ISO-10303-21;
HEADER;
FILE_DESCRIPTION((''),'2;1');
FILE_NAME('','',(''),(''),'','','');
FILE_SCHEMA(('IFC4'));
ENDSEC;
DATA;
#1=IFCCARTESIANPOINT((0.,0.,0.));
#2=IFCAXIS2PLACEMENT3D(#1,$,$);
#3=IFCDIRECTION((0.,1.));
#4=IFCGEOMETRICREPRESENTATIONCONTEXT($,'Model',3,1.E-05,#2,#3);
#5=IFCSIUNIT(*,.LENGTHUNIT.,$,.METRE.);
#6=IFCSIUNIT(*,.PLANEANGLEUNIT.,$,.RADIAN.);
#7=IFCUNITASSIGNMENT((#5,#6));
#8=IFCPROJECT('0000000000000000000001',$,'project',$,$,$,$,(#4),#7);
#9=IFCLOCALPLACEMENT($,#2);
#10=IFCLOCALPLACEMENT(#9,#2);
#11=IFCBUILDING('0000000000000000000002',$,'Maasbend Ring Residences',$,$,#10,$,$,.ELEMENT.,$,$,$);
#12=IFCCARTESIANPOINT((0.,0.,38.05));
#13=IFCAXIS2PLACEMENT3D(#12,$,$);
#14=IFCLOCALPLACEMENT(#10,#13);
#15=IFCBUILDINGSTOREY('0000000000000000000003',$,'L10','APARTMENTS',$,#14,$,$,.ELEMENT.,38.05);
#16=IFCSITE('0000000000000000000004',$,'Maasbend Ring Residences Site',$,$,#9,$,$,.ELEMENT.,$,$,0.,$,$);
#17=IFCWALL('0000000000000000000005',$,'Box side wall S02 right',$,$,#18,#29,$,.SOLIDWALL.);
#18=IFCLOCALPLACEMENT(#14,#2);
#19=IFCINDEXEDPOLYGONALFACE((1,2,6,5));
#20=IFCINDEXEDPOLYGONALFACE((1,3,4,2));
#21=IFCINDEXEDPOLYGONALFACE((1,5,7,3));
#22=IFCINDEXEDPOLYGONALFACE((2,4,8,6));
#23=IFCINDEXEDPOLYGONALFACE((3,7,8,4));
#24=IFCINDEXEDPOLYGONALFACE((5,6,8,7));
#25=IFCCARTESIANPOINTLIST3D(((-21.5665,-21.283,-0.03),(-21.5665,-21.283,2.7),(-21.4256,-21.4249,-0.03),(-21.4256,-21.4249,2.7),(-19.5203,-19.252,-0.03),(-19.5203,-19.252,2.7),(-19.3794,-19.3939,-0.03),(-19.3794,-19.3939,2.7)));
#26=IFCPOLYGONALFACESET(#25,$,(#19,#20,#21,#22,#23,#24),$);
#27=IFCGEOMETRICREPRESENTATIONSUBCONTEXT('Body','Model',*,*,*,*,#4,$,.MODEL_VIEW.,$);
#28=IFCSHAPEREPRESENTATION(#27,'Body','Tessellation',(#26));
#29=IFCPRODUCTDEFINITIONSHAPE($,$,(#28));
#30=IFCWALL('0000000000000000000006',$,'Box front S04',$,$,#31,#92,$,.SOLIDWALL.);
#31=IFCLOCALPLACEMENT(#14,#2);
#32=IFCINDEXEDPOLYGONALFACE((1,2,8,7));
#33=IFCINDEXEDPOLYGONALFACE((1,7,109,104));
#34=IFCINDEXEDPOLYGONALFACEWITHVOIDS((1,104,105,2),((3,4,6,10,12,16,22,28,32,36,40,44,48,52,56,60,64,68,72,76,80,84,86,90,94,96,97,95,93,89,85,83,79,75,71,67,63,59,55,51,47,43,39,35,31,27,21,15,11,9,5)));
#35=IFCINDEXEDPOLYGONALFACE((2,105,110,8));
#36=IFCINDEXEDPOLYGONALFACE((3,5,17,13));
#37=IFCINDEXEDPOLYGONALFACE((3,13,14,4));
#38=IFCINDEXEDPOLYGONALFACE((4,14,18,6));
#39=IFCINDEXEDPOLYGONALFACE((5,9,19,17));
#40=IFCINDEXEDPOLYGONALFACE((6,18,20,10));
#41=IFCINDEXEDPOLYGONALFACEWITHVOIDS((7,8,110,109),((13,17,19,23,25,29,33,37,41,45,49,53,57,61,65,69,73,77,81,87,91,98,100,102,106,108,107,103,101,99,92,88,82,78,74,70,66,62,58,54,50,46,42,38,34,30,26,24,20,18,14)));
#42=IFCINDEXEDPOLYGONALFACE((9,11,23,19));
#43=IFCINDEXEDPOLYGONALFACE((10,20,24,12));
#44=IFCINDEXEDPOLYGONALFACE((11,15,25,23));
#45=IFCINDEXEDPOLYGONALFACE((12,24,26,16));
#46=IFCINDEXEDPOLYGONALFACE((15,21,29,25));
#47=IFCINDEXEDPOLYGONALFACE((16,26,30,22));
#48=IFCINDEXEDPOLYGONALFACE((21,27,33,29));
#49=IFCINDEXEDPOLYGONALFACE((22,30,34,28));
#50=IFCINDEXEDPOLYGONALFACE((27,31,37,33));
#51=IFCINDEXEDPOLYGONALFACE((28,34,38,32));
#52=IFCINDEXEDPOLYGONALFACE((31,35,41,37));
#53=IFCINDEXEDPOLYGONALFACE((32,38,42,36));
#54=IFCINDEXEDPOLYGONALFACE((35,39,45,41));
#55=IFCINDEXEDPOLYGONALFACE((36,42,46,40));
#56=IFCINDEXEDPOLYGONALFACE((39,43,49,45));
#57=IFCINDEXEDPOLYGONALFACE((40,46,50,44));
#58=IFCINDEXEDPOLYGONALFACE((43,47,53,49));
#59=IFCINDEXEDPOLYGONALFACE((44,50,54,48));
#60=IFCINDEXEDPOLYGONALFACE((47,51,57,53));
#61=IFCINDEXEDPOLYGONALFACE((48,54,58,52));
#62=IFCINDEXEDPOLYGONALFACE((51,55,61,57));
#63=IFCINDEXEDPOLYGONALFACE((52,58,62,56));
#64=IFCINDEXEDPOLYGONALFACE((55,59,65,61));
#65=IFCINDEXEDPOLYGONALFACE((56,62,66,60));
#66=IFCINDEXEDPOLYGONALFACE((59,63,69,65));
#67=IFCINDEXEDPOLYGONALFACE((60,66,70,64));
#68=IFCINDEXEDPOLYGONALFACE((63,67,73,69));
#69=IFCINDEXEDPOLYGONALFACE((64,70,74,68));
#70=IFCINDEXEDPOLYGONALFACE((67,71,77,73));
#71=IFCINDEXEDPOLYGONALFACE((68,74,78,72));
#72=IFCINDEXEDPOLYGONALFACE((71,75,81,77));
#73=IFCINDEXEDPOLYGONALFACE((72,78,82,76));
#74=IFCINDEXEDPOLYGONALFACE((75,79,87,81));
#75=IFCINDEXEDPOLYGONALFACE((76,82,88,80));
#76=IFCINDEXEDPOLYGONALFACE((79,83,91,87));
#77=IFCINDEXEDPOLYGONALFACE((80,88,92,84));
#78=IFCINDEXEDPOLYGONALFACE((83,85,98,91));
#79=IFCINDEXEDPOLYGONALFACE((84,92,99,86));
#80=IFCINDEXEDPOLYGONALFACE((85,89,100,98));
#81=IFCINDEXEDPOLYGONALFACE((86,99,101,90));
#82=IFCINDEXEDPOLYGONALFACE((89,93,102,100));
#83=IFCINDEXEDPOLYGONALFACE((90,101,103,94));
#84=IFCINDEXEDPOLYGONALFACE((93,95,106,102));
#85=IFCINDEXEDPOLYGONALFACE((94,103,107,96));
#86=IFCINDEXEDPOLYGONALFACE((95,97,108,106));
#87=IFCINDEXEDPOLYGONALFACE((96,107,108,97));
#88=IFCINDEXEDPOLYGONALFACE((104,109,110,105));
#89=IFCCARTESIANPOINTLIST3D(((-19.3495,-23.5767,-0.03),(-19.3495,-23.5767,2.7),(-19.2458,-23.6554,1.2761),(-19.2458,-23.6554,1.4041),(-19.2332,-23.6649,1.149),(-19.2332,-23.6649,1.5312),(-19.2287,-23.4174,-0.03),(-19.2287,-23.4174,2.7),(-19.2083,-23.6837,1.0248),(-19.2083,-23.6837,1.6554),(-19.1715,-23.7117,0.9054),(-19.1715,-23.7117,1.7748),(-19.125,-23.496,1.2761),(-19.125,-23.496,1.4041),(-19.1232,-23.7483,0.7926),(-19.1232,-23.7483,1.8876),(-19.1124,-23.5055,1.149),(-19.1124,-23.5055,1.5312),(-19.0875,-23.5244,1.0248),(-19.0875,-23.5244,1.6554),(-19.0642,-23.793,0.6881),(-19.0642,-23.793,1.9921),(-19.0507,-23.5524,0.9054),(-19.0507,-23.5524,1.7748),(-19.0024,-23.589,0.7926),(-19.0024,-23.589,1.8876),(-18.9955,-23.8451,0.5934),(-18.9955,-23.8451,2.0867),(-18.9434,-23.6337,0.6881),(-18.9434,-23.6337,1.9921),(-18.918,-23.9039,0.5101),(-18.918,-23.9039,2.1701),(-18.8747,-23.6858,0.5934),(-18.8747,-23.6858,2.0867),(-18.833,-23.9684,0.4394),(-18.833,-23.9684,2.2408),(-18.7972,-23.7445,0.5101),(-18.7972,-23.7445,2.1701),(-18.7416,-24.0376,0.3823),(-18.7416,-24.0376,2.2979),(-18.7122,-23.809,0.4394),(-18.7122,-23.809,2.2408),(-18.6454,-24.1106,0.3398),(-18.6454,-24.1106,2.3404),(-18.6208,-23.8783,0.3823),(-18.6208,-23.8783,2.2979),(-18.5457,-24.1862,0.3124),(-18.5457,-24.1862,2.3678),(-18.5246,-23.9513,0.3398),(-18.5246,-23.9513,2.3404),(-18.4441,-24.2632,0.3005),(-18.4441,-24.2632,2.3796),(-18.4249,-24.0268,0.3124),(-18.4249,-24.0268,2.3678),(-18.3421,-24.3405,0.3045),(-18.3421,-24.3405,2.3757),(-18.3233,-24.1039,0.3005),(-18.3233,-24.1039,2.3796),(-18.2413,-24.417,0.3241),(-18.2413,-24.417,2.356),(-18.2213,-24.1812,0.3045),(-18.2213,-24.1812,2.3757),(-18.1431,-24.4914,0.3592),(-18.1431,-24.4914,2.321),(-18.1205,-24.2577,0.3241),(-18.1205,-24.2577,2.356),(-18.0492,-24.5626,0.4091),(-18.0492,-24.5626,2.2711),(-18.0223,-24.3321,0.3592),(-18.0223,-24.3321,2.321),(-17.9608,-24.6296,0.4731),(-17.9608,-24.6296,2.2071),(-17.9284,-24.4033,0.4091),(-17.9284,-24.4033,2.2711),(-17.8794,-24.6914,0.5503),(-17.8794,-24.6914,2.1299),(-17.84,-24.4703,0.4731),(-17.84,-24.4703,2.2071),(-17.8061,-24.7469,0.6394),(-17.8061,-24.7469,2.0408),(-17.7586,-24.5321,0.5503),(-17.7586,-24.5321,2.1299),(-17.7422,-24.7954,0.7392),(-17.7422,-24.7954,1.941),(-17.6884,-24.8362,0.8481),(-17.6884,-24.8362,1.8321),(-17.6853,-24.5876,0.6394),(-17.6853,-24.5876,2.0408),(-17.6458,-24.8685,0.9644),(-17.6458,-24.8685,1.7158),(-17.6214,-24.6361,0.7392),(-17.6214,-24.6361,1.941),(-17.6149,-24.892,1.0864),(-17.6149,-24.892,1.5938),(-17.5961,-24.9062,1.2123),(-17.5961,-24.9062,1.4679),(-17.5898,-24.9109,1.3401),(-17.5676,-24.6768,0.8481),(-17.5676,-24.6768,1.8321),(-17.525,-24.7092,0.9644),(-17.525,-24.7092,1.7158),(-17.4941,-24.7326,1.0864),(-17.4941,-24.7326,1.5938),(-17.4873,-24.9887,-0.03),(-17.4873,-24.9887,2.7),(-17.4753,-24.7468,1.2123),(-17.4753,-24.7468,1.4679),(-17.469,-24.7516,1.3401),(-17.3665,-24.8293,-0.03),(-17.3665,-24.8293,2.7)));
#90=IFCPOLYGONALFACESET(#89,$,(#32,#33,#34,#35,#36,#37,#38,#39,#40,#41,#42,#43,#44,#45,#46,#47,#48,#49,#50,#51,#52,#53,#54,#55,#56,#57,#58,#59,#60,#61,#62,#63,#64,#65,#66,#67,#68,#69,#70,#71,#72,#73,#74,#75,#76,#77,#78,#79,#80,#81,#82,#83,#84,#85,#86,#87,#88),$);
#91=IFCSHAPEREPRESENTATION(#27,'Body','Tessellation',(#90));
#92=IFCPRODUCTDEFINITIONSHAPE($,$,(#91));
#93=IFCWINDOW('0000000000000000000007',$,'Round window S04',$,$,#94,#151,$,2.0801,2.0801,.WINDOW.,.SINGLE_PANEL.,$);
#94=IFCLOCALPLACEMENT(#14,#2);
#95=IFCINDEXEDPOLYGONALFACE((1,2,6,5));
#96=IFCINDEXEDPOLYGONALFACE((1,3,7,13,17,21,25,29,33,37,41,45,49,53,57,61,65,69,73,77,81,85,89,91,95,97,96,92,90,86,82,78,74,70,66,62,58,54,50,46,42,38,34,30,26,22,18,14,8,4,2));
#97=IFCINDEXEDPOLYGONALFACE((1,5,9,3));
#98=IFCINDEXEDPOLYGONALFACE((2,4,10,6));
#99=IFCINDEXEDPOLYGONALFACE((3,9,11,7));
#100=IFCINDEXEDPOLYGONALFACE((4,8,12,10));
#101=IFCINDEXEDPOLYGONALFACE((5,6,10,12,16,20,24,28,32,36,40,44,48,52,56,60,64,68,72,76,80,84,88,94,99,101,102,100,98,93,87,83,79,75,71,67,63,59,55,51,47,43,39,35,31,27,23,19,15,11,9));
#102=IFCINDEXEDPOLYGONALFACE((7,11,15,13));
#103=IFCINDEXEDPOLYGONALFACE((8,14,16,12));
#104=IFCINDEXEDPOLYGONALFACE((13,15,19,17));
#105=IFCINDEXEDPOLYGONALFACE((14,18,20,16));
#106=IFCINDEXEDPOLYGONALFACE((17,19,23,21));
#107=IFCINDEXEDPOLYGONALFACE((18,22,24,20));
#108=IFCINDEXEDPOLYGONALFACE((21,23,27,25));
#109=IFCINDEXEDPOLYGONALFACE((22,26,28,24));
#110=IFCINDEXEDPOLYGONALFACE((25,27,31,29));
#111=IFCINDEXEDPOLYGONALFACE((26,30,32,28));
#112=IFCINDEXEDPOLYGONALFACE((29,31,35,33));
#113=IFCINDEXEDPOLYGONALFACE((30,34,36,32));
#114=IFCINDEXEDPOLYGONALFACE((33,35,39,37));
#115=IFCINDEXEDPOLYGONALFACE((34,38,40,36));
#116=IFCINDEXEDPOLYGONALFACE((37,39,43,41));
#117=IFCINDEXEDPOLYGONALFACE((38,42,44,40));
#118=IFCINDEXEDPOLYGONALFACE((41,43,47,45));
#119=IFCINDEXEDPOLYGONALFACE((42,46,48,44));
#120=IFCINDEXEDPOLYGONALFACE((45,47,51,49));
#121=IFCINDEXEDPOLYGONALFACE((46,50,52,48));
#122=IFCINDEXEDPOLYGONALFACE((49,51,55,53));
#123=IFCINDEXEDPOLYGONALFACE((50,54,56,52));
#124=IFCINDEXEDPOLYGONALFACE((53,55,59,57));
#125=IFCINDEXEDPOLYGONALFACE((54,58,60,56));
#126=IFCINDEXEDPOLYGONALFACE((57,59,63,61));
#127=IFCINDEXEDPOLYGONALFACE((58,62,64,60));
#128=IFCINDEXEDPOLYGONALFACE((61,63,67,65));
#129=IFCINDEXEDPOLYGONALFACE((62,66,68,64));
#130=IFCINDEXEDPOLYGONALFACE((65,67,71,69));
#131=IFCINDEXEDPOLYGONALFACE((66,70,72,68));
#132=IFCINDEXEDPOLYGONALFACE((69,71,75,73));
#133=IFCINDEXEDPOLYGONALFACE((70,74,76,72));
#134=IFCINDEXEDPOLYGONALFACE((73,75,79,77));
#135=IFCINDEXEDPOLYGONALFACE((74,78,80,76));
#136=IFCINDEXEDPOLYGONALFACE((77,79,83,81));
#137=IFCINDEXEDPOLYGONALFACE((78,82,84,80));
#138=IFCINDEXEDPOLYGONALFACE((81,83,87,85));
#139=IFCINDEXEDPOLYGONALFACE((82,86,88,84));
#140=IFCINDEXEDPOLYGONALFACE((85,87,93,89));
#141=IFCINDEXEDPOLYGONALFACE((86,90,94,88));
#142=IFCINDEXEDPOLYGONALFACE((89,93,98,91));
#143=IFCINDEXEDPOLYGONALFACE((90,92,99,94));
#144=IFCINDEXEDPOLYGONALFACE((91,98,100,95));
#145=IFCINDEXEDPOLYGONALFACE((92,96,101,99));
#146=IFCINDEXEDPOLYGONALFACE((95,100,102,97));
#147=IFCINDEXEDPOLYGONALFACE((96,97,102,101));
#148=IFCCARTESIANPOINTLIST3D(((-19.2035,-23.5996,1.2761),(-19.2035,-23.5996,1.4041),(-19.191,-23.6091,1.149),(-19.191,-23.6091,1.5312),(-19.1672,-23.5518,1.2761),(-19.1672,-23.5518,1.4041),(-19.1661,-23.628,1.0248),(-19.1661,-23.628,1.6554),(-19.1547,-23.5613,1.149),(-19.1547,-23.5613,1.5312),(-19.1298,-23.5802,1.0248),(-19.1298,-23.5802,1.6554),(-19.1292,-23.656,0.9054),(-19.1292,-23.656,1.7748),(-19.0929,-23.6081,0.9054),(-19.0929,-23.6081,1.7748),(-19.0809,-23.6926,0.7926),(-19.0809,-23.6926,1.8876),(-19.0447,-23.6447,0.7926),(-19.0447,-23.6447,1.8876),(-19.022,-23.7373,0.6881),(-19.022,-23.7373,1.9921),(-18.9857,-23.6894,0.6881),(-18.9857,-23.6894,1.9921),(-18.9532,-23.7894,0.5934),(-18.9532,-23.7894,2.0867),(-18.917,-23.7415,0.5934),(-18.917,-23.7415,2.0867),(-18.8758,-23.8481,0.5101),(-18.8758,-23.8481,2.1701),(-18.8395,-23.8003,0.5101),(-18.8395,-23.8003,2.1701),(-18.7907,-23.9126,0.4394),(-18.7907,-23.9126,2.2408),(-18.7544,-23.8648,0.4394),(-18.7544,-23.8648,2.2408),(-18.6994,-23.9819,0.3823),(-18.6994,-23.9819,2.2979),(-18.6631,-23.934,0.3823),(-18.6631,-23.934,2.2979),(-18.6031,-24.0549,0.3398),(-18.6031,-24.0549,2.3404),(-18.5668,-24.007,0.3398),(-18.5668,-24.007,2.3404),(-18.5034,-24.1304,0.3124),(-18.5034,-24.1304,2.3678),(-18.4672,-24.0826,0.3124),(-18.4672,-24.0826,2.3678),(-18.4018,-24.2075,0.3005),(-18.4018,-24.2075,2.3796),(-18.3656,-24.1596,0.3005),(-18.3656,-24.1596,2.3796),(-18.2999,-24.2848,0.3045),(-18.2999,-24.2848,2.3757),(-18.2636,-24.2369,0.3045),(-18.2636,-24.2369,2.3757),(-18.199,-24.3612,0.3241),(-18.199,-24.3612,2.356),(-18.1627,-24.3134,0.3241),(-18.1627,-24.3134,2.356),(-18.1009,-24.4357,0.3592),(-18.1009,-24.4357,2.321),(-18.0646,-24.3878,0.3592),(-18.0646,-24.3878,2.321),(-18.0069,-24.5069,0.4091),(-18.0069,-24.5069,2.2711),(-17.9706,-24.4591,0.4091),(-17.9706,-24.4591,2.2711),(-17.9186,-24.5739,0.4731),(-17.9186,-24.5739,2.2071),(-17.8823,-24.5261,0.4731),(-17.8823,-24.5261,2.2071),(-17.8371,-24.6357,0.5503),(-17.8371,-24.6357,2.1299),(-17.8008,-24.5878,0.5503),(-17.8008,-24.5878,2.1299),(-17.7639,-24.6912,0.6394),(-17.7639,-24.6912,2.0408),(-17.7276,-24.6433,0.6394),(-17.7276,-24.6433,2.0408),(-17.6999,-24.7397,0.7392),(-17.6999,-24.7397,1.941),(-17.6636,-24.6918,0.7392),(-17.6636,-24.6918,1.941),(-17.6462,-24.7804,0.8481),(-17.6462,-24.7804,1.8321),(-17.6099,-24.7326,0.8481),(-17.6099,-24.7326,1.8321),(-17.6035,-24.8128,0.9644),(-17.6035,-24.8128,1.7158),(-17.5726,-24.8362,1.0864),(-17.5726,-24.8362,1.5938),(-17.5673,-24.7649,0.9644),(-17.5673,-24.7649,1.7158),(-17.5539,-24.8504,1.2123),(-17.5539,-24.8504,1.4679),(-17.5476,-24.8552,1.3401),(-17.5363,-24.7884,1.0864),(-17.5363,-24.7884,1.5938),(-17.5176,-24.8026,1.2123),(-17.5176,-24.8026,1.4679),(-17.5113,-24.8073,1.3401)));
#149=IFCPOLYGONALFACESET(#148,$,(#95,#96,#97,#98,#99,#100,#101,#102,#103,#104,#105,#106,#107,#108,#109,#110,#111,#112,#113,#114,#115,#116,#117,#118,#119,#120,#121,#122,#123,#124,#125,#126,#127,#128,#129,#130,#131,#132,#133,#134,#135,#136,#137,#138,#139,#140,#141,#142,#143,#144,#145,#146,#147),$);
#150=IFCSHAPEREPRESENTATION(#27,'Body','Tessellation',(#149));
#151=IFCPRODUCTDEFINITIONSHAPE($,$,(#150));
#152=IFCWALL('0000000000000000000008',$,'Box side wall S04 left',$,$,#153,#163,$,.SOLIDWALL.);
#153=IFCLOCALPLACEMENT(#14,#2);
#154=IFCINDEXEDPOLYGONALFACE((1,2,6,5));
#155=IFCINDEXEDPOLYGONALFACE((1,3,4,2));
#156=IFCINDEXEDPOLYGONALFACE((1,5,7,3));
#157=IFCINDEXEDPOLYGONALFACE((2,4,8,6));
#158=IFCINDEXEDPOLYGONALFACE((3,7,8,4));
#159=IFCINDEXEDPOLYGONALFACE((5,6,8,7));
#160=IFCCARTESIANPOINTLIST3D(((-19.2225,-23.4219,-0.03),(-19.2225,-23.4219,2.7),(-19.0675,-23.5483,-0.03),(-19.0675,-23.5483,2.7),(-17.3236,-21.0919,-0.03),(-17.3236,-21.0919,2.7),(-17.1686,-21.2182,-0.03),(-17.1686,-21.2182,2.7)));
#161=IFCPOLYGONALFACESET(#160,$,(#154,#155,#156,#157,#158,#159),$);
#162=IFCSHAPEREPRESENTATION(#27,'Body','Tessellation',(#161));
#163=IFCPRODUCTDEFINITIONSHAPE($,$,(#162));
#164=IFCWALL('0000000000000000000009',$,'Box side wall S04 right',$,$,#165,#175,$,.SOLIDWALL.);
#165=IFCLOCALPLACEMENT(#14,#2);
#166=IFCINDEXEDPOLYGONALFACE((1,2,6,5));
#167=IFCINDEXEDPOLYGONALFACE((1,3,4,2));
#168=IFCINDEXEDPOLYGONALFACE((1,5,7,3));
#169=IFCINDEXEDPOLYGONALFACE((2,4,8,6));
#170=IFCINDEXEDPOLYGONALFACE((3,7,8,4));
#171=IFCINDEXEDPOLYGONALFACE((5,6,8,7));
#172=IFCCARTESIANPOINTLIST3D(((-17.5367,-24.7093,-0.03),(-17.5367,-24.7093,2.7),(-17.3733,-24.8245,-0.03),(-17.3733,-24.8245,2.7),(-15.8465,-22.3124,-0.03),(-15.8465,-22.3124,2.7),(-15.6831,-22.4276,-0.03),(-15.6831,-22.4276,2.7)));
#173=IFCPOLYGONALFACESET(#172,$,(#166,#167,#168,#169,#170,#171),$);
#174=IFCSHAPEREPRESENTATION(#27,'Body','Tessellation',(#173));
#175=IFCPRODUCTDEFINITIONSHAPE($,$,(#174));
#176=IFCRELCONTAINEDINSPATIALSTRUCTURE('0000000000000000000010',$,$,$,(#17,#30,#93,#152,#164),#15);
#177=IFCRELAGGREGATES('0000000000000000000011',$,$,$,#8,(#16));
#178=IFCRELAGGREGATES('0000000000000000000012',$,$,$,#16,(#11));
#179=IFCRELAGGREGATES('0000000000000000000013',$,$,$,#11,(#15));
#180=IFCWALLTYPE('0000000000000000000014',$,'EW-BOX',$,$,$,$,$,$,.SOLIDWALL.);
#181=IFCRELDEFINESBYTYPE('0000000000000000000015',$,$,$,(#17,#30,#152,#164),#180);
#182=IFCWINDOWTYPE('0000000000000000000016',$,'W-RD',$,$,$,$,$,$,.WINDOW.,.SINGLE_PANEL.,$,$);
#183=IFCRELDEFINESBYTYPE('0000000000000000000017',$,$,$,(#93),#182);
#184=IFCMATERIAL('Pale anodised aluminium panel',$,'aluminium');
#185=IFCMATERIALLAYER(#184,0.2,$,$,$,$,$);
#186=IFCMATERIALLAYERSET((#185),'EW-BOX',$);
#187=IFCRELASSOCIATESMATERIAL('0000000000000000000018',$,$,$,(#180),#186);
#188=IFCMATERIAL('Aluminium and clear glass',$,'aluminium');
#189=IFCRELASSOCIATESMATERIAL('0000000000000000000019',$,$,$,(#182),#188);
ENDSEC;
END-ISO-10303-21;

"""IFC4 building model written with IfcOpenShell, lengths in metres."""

from ifc_helpers import new_model, si_unit, direction, frame, frame_2d, origin, place, context, subcontext, project, spatial, rectangle, circle, extrude, material, layer, layer_set, type_object, element, fill, save


model = new_model("IFC4")

# Units and contexts
model_context = context("Model", 3, precision=1e-05, world=origin(), true_north=direction((0.0, 1.0)))
body_context = subcontext(model_context, "Body", "Model", "MODEL_VIEW")
ifc_project = project(units=[si_unit("LENGTHUNIT", "METRE"), si_unit("PLANEANGLEUNIT", "RADIAN")], contexts=[model_context])

# Site, building, storey
site_placement = place(None, origin())
site = spatial("IfcSite", under=ifc_project, at=site_placement, Name="Maasbend Ring Residences Site", CompositionType="ELEMENT", RefElevation=0.0)
building_placement = place(site_placement, origin())
building = spatial("IfcBuilding", under=site, at=building_placement, Name="Maasbend Ring Residences", CompositionType="ELEMENT")
storey_placement = place(building_placement, frame((0.0, 0.0, 38.05)))
storey = spatial("IfcBuildingStorey", under=building, at=storey_placement, Name="L10", Description="APARTMENTS", CompositionType="ELEMENT", Elevation=38.05)

# Shared definitions
ifc_material_1 = material(Name="Pale anodised aluminium panel", Category="aluminium")
ifc_layer_1 = layer(ifc_material_1, 0.2)
ifc_layer_set_1 = layer_set([ifc_layer_1], Name="EW-BOX")
wall_type_1 = type_object("IfcWallType", Name="EW-BOX", PredefinedType="SOLIDWALL", material=ifc_layer_set_1)
ifc_material_2 = material(Name="Aluminium and clear glass", Category="aluminium")
window_type_1 = type_object("IfcWindowType", Name="W-RD", PartitioningType="SINGLE_PANEL", PredefinedType="WINDOW", material=ifc_material_2)

# Wall
wall_1_placement = place(storey_placement, frame((-19.45, -19.323, -0.03), z_axis=(0.0, 0.0, 1.0), x_axis=(-0.709727, -0.704477, 0.0)))
element("IfcWall", 1, at=wall_1_placement, inside=storey, type_object=wall_type_1, Name="Box side wall S02 right", PredefinedType="SOLIDWALL", context=body_context, shape_type="SweptSolid", body=[
    extrude(rectangle(XDim=2.8831, YDim=0.2, at=frame_2d((1.4414, 0.0))), origin(), (0.0, 0.0, 1.0), 2.73),
])

# Wall, opening, window
wall_2_placement = place(storey_placement, frame((-19.2891, -23.4971, -0.03), z_axis=(0.0, 0.0, 1.0), x_axis=(0.796842, -0.604188, 0.0)))
wall_2 = element("IfcWall", 2, at=wall_2_placement, inside=storey, type_object=wall_type_1, Name="Box front S04", PredefinedType="SOLIDWALL", context=body_context, shape_type="SweptSolid", body=[
    extrude(rectangle(XDim=2.3369, YDim=0.2, at=frame_2d((1.1685, 0.0))), origin(), (0.0, 0.0, 1.0), 2.73),
])
opening_1_placement = place(wall_2_placement, frame((0.1282, 0.0, 0.3301)))
opening_1 = element("IfcOpeningElement", 3, at=opening_1_placement, cuts=wall_2, PredefinedType="OPENING", context=body_context, shape_type="SweptSolid", body=[
    extrude(circle(Radius=1.04, at=frame_2d((1.04, 1.04))), frame((0.0, 0.1099, 0.0), z_axis=(0.0, -1.0, 0.0), x_axis=(1.0, 0.0, 0.0)), (0.0, 0.0, 1.0), 0.22),
])
window_1_placement = place(opening_1_placement, origin())
window_1 = element("IfcWindow", 4, at=window_1_placement, inside=storey, type_object=window_type_1, Name="Round window S04", OverallHeight=2.0801, OverallWidth=2.0801, PartitioningType="SINGLE_PANEL", PredefinedType="WINDOW", context=body_context, shape_type="SweptSolid", body=[
    extrude(circle(Radius=1.04, at=frame_2d((1.04, 1.04))), frame((0.0, 0.03, 0.0), z_axis=(0.0, -1.0, 0.0), x_axis=(1.0, 0.0, 0.0)), (0.0, 0.0, 1.0), 0.0601),
])
fill(opening_1, window_1)

# Walls
wall_3_placement = place(storey_placement, frame((-17.2461, -21.155, -0.03), z_axis=(0.0, 0.0, 1.0), x_axis=(-0.631742, -0.775179, 0.0)))
element("IfcWall", 5, at=wall_3_placement, inside=storey, type_object=wall_type_1, Name="Box side wall S04 left", PredefinedType="SOLIDWALL", context=body_context, shape_type="SweptSolid", body=[
    extrude(rectangle(XDim=3.0059, YDim=0.2, at=frame_2d((1.5029, 0.0))), origin(), (0.0, 0.0, 1.0), 2.73),
])
wall_4_placement = place(storey_placement, frame((-15.7649, -22.3701, -0.03), z_axis=(0.0, 0.0, 1.0), x_axis=(-0.576275, -0.817256, 0.0)))
element("IfcWall", 6, at=wall_4_placement, inside=storey, type_object=wall_type_1, Name="Box side wall S04 right", PredefinedType="SOLIDWALL", context=body_context, shape_type="SweptSolid", body=[
    extrude(rectangle(XDim=2.9329, YDim=0.2, at=frame_2d((1.4663, 0.0))), origin(), (0.0, 0.0, 1.0), 2.73),
])

save(model, "model.ifc")
